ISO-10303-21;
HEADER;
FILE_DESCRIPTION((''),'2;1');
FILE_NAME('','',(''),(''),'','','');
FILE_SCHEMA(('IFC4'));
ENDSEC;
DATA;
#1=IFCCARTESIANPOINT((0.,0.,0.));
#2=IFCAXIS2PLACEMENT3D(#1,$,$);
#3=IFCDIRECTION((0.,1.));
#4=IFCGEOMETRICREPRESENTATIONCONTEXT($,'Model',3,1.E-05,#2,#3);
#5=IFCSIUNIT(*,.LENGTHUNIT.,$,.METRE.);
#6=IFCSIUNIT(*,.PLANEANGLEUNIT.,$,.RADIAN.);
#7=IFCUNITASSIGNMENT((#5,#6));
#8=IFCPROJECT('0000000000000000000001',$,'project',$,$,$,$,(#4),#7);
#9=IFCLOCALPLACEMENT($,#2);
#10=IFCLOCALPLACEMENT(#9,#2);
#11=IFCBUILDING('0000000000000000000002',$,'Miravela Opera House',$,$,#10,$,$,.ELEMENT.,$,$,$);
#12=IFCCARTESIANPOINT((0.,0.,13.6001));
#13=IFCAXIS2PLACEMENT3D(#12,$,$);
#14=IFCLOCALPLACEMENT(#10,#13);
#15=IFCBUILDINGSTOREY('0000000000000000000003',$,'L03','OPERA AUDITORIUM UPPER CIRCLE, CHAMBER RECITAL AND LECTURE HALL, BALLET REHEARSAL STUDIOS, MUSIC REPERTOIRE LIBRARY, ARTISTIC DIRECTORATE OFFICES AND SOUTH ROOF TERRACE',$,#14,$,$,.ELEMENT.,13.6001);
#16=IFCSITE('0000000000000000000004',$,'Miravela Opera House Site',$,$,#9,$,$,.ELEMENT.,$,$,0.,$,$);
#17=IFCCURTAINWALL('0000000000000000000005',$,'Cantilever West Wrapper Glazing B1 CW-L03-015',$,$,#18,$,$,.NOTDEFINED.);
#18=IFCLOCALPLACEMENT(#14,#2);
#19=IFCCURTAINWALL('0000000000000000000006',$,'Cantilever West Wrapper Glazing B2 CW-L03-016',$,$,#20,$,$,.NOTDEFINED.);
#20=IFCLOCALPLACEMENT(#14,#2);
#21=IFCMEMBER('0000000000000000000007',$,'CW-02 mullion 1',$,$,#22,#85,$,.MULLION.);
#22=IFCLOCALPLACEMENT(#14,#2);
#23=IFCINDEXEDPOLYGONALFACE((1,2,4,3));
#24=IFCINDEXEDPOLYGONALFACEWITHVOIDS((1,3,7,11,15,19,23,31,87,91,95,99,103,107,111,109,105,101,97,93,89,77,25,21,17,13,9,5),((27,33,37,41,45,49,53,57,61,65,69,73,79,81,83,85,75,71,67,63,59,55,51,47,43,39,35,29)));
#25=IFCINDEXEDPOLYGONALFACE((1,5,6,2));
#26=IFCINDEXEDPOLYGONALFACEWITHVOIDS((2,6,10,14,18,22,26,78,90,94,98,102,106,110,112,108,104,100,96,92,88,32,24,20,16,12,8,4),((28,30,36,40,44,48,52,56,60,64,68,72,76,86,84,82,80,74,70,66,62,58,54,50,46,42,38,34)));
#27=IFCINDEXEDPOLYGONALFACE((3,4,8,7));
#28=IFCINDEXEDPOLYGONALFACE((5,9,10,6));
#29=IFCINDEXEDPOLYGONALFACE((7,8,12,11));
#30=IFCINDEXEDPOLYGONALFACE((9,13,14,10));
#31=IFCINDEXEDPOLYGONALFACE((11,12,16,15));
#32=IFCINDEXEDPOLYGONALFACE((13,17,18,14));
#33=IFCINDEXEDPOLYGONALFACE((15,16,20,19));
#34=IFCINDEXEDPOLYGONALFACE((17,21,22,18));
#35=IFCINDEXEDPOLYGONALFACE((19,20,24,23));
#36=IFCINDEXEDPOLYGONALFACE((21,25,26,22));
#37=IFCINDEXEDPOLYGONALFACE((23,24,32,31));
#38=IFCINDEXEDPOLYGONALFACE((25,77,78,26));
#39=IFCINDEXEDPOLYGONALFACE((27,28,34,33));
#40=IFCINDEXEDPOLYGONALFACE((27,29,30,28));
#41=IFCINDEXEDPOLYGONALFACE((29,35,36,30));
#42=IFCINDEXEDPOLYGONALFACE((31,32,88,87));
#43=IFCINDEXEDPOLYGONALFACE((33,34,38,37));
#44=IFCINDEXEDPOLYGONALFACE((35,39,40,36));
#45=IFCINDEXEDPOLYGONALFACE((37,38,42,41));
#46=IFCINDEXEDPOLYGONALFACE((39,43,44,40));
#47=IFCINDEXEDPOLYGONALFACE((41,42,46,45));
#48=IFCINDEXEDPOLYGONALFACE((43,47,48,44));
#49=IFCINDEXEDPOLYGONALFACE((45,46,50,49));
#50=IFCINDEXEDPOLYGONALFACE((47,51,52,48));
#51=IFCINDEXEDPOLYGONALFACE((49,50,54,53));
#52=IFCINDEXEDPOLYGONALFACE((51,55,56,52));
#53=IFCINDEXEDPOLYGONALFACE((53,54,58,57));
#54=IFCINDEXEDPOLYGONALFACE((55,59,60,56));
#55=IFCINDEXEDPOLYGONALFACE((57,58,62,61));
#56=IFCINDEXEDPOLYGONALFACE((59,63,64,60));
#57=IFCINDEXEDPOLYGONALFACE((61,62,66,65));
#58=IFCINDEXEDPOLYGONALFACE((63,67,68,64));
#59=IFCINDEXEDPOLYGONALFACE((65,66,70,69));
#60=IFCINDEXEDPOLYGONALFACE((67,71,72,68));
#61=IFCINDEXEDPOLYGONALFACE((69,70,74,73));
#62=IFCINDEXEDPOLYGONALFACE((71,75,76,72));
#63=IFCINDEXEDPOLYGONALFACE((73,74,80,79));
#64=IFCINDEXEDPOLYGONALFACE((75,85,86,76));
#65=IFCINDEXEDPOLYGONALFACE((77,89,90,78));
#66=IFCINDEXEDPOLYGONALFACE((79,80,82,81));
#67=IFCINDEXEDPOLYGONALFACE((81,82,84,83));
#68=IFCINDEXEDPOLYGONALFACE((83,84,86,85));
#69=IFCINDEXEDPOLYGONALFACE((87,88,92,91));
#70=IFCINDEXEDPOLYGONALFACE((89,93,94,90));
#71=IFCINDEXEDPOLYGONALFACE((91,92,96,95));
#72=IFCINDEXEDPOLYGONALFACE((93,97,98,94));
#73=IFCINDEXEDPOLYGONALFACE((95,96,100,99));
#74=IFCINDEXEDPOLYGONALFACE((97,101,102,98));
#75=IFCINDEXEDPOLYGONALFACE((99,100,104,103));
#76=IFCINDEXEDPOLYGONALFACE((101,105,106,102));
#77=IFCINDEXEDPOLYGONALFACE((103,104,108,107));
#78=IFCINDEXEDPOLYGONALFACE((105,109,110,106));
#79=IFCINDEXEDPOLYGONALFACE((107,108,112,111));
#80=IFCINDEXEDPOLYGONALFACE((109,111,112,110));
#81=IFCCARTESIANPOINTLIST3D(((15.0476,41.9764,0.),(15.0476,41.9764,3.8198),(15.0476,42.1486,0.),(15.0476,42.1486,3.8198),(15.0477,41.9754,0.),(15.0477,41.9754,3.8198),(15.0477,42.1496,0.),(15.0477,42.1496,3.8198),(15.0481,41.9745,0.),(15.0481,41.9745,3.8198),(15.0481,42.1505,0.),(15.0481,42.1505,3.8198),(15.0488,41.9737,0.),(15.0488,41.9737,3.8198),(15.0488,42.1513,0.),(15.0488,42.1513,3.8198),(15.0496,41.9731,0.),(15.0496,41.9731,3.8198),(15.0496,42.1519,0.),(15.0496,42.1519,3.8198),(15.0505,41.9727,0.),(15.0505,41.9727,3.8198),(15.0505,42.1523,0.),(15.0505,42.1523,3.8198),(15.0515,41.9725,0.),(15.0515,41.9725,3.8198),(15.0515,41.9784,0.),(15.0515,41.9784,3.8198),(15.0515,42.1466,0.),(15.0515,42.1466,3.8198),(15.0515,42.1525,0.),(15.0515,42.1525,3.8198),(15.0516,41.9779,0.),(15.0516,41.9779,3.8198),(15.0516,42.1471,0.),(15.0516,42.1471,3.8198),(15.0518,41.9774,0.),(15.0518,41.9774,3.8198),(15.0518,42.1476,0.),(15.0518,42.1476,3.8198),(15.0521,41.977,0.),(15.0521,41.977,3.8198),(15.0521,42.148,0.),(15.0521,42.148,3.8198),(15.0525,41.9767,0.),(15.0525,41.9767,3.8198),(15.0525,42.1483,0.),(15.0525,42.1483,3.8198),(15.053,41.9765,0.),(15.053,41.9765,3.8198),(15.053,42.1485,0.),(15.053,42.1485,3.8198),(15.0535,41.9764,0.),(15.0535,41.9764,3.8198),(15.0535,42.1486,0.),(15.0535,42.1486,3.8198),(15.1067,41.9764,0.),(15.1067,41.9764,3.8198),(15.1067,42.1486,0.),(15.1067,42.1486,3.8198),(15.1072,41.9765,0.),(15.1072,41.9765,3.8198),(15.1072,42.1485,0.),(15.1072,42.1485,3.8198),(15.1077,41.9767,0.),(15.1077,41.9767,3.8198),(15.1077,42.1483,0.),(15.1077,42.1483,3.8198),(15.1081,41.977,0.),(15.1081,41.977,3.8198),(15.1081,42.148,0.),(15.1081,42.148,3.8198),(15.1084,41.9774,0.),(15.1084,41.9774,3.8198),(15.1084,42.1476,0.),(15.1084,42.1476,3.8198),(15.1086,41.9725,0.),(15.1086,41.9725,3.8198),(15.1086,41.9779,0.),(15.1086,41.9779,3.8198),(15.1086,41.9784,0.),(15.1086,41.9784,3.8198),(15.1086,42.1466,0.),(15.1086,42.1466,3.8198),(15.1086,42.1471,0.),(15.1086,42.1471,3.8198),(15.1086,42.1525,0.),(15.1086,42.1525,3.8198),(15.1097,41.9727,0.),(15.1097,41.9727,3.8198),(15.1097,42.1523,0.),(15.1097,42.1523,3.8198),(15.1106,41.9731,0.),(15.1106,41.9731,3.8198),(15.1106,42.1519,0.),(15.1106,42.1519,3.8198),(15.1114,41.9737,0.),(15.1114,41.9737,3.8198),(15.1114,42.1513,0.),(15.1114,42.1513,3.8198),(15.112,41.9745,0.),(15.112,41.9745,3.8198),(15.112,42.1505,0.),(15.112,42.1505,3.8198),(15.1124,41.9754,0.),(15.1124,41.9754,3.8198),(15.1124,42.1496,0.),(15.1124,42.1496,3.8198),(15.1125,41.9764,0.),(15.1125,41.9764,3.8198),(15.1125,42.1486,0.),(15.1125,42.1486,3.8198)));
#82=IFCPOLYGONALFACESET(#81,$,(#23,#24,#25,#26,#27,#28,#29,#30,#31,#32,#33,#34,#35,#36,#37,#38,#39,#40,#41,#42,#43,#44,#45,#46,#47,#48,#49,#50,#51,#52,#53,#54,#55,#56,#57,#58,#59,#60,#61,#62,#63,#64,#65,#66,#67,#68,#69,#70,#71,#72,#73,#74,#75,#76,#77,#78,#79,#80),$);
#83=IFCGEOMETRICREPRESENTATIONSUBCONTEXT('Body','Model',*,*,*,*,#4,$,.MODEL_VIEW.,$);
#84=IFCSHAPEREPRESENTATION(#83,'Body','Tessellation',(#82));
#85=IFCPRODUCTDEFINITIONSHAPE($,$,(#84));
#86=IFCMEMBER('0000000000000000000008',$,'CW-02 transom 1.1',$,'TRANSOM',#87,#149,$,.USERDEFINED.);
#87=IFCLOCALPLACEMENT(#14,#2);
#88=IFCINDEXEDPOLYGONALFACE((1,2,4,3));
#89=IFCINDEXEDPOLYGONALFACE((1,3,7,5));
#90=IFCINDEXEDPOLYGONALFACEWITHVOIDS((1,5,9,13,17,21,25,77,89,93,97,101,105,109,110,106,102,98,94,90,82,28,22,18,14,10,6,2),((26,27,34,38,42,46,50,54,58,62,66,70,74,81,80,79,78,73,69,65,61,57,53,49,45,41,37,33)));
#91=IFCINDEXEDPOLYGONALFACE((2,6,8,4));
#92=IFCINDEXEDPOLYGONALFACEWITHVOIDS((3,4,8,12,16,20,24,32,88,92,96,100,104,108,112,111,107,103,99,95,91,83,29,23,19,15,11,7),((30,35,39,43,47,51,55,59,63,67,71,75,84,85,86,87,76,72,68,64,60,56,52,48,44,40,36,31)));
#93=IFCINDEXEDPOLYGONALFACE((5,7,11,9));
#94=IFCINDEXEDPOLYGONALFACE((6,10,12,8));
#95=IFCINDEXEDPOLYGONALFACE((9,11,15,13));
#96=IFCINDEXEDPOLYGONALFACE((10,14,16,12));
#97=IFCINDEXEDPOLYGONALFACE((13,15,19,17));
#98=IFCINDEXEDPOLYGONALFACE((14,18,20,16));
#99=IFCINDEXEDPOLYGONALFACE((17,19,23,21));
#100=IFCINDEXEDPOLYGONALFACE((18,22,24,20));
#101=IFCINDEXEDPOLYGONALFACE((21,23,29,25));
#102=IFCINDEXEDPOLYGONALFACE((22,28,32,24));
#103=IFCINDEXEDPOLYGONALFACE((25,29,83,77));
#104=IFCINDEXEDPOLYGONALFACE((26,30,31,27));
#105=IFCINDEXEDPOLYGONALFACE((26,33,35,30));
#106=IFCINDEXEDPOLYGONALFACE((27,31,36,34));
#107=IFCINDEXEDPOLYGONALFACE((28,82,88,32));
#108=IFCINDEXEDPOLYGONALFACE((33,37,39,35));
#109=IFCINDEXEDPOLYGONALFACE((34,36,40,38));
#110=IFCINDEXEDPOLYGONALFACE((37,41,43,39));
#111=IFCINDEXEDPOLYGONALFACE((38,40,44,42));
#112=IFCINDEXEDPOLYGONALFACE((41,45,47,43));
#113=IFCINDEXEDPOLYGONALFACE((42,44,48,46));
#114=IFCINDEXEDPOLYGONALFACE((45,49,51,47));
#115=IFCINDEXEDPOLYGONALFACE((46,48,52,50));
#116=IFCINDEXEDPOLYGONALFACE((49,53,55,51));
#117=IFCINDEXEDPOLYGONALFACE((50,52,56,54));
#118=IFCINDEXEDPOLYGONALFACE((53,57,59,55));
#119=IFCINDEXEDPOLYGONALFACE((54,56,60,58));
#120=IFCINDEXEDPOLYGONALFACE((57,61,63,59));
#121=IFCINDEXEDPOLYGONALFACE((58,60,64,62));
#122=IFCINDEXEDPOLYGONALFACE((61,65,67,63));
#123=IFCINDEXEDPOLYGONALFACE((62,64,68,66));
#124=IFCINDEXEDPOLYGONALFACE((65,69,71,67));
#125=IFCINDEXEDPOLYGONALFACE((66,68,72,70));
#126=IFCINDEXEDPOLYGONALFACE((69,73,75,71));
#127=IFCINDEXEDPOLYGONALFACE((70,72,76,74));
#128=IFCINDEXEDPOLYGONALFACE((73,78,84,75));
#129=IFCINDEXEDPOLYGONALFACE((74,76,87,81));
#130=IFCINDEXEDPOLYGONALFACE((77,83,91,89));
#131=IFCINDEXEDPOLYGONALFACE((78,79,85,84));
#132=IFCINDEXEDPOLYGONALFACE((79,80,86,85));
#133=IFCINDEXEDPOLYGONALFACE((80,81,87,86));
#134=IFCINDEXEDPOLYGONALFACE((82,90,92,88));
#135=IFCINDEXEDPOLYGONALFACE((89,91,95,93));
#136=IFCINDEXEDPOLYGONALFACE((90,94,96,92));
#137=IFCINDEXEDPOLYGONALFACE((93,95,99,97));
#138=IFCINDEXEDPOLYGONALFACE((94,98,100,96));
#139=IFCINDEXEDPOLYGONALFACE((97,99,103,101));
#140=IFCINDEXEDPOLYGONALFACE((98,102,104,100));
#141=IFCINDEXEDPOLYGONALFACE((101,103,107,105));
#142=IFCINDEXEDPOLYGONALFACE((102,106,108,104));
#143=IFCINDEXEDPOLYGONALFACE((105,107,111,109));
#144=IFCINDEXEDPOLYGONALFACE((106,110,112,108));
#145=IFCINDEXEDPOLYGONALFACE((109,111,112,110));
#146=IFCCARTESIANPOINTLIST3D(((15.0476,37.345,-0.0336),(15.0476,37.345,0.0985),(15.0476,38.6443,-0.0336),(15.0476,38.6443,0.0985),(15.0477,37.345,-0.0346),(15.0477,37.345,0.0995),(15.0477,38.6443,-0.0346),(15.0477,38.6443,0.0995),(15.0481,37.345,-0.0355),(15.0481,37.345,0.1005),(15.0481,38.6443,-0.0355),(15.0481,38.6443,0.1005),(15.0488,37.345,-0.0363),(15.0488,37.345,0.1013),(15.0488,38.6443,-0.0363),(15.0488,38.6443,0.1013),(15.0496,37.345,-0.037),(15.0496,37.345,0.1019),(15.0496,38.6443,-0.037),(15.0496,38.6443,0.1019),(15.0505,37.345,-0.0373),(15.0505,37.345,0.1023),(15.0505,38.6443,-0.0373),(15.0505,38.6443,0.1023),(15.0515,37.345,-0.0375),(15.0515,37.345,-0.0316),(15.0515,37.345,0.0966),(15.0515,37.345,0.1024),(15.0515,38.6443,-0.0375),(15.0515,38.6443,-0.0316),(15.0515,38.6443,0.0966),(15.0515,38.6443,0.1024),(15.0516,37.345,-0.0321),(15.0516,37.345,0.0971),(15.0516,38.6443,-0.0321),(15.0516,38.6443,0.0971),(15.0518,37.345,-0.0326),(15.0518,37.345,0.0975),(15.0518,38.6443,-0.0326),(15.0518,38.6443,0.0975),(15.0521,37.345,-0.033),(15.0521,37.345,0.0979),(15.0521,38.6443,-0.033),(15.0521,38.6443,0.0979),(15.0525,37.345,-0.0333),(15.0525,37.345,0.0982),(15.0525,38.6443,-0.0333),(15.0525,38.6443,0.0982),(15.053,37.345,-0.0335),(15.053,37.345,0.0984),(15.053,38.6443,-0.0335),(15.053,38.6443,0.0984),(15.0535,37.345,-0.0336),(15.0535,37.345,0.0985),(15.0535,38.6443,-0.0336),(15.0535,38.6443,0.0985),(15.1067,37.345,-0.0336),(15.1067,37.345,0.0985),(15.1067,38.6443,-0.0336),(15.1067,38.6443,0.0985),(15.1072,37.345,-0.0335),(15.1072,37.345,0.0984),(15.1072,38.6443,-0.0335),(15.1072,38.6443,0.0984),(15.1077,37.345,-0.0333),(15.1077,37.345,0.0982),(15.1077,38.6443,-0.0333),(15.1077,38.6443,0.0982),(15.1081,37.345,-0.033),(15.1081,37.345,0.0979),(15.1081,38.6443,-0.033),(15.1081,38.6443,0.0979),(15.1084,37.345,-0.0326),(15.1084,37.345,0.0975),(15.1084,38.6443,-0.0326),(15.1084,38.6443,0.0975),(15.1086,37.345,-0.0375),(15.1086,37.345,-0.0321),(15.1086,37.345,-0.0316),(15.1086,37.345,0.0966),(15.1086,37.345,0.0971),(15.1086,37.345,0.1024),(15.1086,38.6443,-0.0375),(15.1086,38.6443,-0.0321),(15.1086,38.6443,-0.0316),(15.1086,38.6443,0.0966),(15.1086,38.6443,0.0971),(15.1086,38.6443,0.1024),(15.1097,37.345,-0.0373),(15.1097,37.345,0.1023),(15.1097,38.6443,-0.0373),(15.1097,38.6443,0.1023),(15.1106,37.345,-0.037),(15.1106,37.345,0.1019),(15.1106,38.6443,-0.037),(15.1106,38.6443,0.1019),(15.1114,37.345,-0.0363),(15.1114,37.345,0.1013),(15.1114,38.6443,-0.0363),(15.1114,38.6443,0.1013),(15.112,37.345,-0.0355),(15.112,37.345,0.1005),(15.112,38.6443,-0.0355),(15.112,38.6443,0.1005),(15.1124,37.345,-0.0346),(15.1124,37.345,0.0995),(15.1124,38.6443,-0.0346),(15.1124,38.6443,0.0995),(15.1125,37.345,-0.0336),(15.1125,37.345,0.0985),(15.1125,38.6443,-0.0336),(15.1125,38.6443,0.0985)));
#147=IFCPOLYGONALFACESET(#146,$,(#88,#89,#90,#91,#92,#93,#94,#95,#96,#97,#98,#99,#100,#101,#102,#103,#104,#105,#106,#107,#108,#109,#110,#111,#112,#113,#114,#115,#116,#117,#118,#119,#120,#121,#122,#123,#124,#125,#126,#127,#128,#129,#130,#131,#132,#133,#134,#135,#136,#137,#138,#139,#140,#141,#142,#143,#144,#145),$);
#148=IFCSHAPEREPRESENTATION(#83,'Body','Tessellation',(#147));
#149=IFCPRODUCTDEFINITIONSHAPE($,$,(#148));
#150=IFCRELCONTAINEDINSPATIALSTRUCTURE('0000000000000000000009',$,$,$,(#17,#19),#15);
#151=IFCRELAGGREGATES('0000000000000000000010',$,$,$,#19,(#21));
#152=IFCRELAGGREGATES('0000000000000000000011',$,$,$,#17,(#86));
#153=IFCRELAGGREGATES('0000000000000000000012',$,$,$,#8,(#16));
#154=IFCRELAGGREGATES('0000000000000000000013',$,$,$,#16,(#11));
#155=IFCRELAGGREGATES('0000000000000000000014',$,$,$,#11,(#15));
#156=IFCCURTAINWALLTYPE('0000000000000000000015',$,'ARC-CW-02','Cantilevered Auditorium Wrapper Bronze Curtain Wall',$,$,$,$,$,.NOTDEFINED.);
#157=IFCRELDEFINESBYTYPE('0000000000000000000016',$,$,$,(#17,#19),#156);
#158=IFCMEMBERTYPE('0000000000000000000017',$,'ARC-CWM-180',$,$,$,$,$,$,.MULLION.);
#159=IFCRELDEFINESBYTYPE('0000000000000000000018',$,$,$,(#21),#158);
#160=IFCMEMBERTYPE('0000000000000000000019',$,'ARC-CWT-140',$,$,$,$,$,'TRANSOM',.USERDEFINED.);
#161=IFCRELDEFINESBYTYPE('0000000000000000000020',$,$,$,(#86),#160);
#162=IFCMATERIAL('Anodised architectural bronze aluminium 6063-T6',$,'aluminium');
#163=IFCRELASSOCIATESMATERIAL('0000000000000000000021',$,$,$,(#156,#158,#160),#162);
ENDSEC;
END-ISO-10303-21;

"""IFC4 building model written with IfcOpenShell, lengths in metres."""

from ifc_helpers import new_model, si_unit, direction, frame, origin, origin_2d, place, context, subcontext, project, spatial, hollow_rectangle, extrude, material, material_profile, profile_set, type_object, element, aggregate, save


model = new_model("IFC4")

# Units and contexts
model_context = context("Model", 3, precision=1e-05, world=origin(), true_north=direction((0.0, 1.0)))
body_context = subcontext(model_context, "Body", "Model", "MODEL_VIEW")
ifc_project = project(units=[si_unit("LENGTHUNIT", "METRE"), si_unit("PLANEANGLEUNIT", "RADIAN")], contexts=[model_context])

# Site, building, storey
site_placement = place(None, origin())
site = spatial("IfcSite", under=ifc_project, at=site_placement, Name="Miravela Opera House Site", CompositionType="ELEMENT", RefElevation=0.0)
building_placement = place(site_placement, origin())
building = spatial("IfcBuilding", under=site, at=building_placement, Name="Miravela Opera House", CompositionType="ELEMENT")
storey_placement = place(building_placement, frame((0.0, 0.0, 13.6001)))
storey = spatial("IfcBuildingStorey", under=building, at=storey_placement, Name="L03", Description="OPERA AUDITORIUM UPPER CIRCLE, CHAMBER RECITAL AND LECTURE HALL, BALLET REHEARSAL STUDIOS, MUSIC REPERTOIRE LIBRARY, ARTISTIC DIRECTORATE OFFICES AND SOUTH ROOF TERRACE", CompositionType="ELEMENT", Elevation=13.6001)

# Curtain wall
ifc_material_1 = material(Name="Anodised architectural bronze aluminium 6063-T6", Category="aluminium")
curtain_wall_type = type_object("IfcCurtainWallType", Name="ARC-CW-02", Description="Cantilevered Auditorium Wrapper Bronze Curtain Wall", PredefinedType="NOTDEFINED", material=ifc_material_1)
curtain_wall_1_placement = place(storey_placement, origin())
curtain_wall_1 = element("IfcCurtainWall", 1, at=curtain_wall_1_placement, inside=storey, type_object=curtain_wall_type, Name="Cantilever West Wrapper Glazing B1 CW-L03-015", PredefinedType="NOTDEFINED")
ifc_material_profile_1 = material_profile(ifc_material_1, hollow_rectangle(XDim=0.0649, YDim=0.1799, WallThickness=0.0039, InnerFilletRadius=0.002, OuterFilletRadius=0.0039, at=origin_2d()), Name="CWM-65X180")
ifc_profile_set_1 = profile_set([ifc_material_profile_1])
member_type_1 = type_object("IfcMemberType", Name="ARC-CWM-180", PredefinedType="MULLION", material=ifc_profile_set_1)

# Curtain wall, member
curtain_wall_2_placement = place(storey_placement, origin())
curtain_wall_2 = element("IfcCurtainWall", 2, at=curtain_wall_2_placement, inside=storey, type_object=curtain_wall_type, Name="Cantilever West Wrapper Glazing B2 CW-L03-016", PredefinedType="NOTDEFINED")
member_1_placement = place(storey_placement, frame((15.0801, 42.0625, 0.0), z_axis=(0.0, 0.0, 1.0), x_axis=(-1.0, 0.0, 0.0)))
member_1 = element("IfcMember", 3, at=member_1_placement, type_object=member_type_1, Name="CW-02 mullion 1", PredefinedType="MULLION", context=body_context, shape_type="SweptSolid", body=[
    extrude(hollow_rectangle(XDim=0.0649, YDim=0.1799, WallThickness=0.0039, InnerFilletRadius=0.002, OuterFilletRadius=0.0039, at=origin_2d()), origin(), (0.0, 0.0, 1.0), 3.8198),
])

# Member
ifc_material_profile_2 = material_profile(ifc_material_1, hollow_rectangle(XDim=0.0649, YDim=0.1399, WallThickness=0.0039, InnerFilletRadius=0.002, OuterFilletRadius=0.0039, at=origin_2d()), Name="CWT-65X140")
ifc_profile_set_2 = profile_set([ifc_material_profile_2])
member_type_2 = type_object("IfcMemberType", Name="ARC-CWT-140", ElementType="TRANSOM", PredefinedType="USERDEFINED", material=ifc_profile_set_2)
member_2_placement = place(storey_placement, frame((15.0801, 37.345, 0.0325), z_axis=(0.0, 1.0, 0.0), x_axis=(-1.0, 0.0, 0.0)))
member_2 = element("IfcMember", 4, at=member_2_placement, type_object=member_type_2, Name="CW-02 transom 1.1", ObjectType="TRANSOM", PredefinedType="USERDEFINED", context=body_context, shape_type="SweptSolid", body=[
    extrude(hollow_rectangle(XDim=0.0649, YDim=0.1399, WallThickness=0.0039, InnerFilletRadius=0.002, OuterFilletRadius=0.0039, at=origin_2d()), origin(), (0.0, 0.0, 1.0), 1.2993),
])
aggregate(curtain_wall_2, [member_1])

aggregate(curtain_wall_1, [member_2])

save(model, "model.ifc")
